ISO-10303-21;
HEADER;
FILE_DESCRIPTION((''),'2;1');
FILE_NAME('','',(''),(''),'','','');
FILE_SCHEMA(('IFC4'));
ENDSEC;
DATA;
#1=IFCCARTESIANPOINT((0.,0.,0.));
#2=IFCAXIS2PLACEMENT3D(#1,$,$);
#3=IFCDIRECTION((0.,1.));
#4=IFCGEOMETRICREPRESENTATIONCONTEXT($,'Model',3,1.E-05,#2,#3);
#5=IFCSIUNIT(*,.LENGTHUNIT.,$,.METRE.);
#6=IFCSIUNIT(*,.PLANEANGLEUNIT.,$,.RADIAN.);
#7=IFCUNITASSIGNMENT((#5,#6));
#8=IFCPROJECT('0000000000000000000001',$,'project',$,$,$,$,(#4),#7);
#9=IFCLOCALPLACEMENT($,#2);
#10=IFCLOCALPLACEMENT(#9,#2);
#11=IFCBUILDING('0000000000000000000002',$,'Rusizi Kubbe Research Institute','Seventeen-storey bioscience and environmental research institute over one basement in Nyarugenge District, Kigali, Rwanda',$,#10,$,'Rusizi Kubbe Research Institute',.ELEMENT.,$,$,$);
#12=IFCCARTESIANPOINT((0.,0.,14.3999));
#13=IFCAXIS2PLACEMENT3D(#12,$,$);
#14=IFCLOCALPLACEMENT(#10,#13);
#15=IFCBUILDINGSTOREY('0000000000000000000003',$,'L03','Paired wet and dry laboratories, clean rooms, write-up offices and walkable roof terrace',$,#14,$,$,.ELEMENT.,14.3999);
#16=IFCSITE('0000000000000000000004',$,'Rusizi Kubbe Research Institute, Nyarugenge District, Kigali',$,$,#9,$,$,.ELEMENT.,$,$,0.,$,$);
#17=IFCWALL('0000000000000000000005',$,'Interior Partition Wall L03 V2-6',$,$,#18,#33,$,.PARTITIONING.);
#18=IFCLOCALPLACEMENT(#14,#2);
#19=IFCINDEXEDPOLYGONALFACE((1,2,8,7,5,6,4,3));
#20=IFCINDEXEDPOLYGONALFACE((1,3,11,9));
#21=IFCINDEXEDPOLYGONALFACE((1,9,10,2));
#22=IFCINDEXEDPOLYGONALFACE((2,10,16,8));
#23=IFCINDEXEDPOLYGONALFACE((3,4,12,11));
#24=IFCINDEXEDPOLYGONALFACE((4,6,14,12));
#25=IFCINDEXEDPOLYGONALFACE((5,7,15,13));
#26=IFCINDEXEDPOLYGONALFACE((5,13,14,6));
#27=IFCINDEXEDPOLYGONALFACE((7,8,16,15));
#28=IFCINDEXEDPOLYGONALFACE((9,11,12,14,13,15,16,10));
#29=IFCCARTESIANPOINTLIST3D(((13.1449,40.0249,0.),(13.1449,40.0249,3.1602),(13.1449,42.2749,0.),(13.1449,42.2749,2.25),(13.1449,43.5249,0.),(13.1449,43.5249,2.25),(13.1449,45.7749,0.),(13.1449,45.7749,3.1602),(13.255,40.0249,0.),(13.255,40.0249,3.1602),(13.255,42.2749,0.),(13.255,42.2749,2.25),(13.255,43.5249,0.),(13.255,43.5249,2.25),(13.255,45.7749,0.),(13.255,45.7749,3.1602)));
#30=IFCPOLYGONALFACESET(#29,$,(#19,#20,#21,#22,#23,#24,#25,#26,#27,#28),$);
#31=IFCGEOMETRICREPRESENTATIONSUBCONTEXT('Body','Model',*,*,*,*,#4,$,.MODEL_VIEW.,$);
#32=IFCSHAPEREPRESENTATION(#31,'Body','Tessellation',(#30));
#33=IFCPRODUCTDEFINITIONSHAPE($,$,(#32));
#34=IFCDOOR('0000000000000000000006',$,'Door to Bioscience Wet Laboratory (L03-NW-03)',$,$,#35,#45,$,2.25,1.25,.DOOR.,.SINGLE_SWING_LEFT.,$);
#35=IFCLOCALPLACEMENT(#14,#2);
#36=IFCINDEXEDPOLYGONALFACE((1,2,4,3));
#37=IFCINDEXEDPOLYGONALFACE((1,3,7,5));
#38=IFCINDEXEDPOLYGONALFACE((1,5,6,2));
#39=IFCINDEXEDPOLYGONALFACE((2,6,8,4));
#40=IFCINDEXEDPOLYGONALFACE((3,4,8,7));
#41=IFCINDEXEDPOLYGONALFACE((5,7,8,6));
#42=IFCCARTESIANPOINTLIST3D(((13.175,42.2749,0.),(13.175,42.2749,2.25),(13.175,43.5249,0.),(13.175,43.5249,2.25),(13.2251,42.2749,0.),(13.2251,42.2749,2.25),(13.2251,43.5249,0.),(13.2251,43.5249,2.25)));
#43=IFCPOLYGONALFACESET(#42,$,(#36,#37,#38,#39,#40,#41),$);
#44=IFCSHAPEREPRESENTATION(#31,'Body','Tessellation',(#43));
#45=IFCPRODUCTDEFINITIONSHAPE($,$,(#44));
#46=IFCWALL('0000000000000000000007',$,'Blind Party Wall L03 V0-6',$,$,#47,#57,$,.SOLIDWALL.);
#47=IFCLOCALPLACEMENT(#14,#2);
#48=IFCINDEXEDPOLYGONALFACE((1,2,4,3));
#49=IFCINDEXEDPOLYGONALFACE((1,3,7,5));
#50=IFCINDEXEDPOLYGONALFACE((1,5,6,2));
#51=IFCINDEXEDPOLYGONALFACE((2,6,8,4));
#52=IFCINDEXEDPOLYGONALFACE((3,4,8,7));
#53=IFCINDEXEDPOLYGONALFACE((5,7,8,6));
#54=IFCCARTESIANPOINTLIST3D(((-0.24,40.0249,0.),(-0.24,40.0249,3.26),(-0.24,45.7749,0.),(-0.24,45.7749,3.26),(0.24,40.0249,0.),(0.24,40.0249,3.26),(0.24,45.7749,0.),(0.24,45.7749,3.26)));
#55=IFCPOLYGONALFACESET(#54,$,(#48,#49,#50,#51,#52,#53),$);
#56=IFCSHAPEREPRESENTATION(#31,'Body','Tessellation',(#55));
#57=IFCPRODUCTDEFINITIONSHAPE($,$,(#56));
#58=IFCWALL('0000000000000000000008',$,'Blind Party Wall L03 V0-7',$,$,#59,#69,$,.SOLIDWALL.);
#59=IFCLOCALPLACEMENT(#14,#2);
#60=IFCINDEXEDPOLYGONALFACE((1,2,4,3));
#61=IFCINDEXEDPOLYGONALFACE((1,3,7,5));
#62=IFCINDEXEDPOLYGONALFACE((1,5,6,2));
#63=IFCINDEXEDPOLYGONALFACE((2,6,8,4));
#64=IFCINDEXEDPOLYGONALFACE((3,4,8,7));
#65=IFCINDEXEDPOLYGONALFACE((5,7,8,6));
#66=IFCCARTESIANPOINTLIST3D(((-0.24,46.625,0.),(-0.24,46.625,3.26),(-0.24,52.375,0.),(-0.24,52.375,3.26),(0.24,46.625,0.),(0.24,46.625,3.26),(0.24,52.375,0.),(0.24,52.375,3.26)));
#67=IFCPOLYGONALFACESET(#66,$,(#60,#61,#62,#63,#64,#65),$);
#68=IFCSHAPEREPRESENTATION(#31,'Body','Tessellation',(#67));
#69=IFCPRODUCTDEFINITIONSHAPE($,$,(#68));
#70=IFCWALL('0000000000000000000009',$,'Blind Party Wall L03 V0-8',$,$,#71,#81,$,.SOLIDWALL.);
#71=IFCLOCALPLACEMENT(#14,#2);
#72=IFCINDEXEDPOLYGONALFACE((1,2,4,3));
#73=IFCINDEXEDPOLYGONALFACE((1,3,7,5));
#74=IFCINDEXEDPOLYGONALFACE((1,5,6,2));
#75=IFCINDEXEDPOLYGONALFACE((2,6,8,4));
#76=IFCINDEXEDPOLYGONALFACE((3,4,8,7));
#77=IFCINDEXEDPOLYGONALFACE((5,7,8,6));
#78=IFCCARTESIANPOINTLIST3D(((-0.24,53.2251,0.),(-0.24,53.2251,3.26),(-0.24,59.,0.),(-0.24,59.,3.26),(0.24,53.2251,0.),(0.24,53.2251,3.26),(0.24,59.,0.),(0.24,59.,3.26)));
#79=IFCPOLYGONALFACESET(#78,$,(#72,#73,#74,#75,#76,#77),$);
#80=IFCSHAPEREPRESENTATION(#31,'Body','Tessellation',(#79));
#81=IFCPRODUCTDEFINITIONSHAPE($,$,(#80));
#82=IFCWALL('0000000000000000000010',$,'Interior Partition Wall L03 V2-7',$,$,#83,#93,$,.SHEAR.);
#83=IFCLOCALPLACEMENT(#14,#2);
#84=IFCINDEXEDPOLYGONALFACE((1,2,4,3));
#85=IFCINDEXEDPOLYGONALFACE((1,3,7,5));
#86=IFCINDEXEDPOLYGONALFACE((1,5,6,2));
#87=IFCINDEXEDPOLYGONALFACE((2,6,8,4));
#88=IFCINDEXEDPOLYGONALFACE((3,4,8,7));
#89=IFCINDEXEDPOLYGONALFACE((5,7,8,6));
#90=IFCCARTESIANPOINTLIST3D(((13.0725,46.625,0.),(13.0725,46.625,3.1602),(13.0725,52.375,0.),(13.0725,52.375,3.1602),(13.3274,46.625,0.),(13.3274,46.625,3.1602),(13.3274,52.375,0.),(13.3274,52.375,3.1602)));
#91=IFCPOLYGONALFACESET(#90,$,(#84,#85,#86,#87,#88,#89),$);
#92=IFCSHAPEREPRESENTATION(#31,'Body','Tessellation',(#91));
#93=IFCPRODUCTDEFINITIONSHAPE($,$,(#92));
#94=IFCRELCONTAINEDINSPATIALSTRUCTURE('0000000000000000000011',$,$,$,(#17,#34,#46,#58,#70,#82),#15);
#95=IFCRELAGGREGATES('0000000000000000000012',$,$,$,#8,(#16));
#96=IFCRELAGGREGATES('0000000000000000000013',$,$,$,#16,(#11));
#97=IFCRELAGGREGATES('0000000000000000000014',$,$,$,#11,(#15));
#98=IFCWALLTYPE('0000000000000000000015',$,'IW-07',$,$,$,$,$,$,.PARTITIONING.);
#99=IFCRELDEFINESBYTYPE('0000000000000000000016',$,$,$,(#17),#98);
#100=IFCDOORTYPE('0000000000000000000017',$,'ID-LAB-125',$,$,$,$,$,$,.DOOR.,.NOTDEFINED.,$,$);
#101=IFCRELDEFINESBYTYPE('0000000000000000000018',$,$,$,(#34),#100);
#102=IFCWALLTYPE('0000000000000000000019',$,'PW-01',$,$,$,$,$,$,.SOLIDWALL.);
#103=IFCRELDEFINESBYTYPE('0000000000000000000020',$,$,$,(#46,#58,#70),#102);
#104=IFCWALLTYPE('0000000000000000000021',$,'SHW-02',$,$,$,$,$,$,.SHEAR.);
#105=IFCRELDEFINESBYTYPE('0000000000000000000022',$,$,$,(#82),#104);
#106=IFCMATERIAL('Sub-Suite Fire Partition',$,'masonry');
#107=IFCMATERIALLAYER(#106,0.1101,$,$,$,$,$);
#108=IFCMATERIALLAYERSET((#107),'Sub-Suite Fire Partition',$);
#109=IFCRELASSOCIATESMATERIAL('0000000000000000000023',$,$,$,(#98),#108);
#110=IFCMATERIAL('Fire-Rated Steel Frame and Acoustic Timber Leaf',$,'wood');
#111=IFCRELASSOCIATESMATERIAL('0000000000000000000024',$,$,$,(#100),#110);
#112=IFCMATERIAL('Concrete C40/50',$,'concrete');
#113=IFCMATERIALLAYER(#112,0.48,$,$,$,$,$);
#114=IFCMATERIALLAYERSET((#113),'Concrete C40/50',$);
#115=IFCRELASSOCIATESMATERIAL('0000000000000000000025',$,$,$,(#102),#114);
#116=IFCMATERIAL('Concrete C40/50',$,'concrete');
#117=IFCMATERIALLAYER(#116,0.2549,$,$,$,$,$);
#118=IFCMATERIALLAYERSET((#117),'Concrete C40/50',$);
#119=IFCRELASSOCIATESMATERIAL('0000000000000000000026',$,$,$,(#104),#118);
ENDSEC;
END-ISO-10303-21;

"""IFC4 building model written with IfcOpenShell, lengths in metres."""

from ifc_helpers import new_model, si_unit, direction, frame, frame_2d, origin, place, context, subcontext, project, spatial, rectangle, extrude, material, layer, layer_set, type_object, element, fill, save


model = new_model("IFC4")

# Units and contexts
model_context = context("Model", 3, precision=1e-05, world=origin(), true_north=direction((0.0, 1.0)))
body_context = subcontext(model_context, "Body", "Model", "MODEL_VIEW")
ifc_project = project(units=[si_unit("LENGTHUNIT", "METRE"), si_unit("PLANEANGLEUNIT", "RADIAN")], contexts=[model_context])

# Site, building, storey
site_placement = place(None, origin())
site = spatial("IfcSite", under=ifc_project, at=site_placement, Name="Rusizi Kubbe Research Institute, Nyarugenge District, Kigali", CompositionType="ELEMENT", RefElevation=0.0)
building_placement = place(site_placement, origin())
building = spatial("IfcBuilding", under=site, at=building_placement, Name="Rusizi Kubbe Research Institute", Description="Seventeen-storey bioscience and environmental research institute over one basement in Nyarugenge District, Kigali, Rwanda", LongName="Rusizi Kubbe Research Institute", CompositionType="ELEMENT")
storey_placement = place(building_placement, frame((0.0, 0.0, 14.3999)))
storey = spatial("IfcBuildingStorey", under=building, at=storey_placement, Name="L03", Description="Paired wet and dry laboratories, clean rooms, write-up offices and walkable roof terrace", CompositionType="ELEMENT", Elevation=14.3999)

# Shared definitions
ifc_material_1 = material(Name="Sub-Suite Fire Partition", Category="masonry")
ifc_layer_1 = layer(ifc_material_1, 0.1101)
ifc_layer_set_1 = layer_set([ifc_layer_1], Name="Sub-Suite Fire Partition")
wall_type_1 = type_object("IfcWallType", Name="IW-07", PredefinedType="PARTITIONING", material=ifc_layer_set_1)

# Wall, opening, door
wall_1_placement = place(storey_placement, frame((13.2, 40.0249, 0.0), z_axis=(0.0, 0.0, 1.0), x_axis=(0.0, 1.0, 0.0)))
wall_1 = element("IfcWall", 1, at=wall_1_placement, inside=storey, type_object=wall_type_1, Name="Interior Partition Wall L03 V2-6", PredefinedType="PARTITIONING", context=body_context, shape_type="SweptSolid", body=[
    extrude(rectangle(XDim=5.75, YDim=0.1101, at=frame_2d((2.875, 0.0))), origin(), (0.0, 0.0, 1.0), 3.1602),
])
opening_1_placement = place(wall_1_placement, frame((2.25, 0.0, 0.0)))
opening_1 = element("IfcOpeningElement", 2, at=opening_1_placement, cuts=wall_1, PredefinedType="OPENING", context=body_context, shape_type="SweptSolid", body=[
    extrude(rectangle(XDim=1.25, YDim=2.25, at=frame_2d((0.625, 1.125))), frame((0.0, 0.0649, 0.0), z_axis=(0.0, -1.0, 0.0), x_axis=(1.0, 0.0, 0.0)), (0.0, 0.0, 1.0), 0.1301),
])
ifc_material_2 = material(Name="Fire-Rated Steel Frame and Acoustic Timber Leaf", Category="wood")
door_type_1 = type_object("IfcDoorType", Name="ID-LAB-125", OperationType="NOTDEFINED", PredefinedType="DOOR", material=ifc_material_2)
door_1_placement = place(opening_1_placement, origin())
door_1 = element("IfcDoor", 3, at=door_1_placement, inside=storey, type_object=door_type_1, Name="Door to Bioscience Wet Laboratory (L03-NW-03)", OperationType="SINGLE_SWING_LEFT", OverallHeight=2.25, OverallWidth=1.25, PredefinedType="DOOR", context=body_context, shape_type="SweptSolid", body=[
    extrude(rectangle(XDim=1.25, YDim=2.25, at=frame_2d((0.625, 1.125))), frame((0.0, 0.0249, 0.0), z_axis=(0.0, -1.0, 0.0), x_axis=(1.0, 0.0, 0.0)), (0.0, 0.0, 1.0), 0.05),
])
fill(opening_1, door_1)

# Walls
ifc_material_3 = material(Name="Concrete C40/50", Category="concrete")
ifc_layer_2 = layer(ifc_material_3, 0.48)
ifc_layer_set_2 = layer_set([ifc_layer_2], Name="Concrete C40/50")
wall_type_2 = type_object("IfcWallType", Name="PW-01", PredefinedType="SOLIDWALL", material=ifc_layer_set_2)
for number, where, z_axis, x_axis, name in (
    (4, (0.0, 40.0249, 0.0), (0.0, 0.0, 1.0), (0.0, 1.0, 0.0), "Blind Party Wall L03 V0-6"),
    (5, (0.0, 46.625, 0.0), (0.0, 0.0, 1.0), (0.0, 1.0, 0.0), "Blind Party Wall L03 V0-7"),
):
    element("IfcWall", number, at=place(storey_placement, frame(where, z_axis=z_axis, x_axis=x_axis)), inside=storey, type_object=wall_type_2, Name=name, PredefinedType="SOLIDWALL", context=body_context, shape_type="SweptSolid", body=[
        extrude(rectangle(XDim=5.75, YDim=0.48, at=frame_2d((2.875, 0.0))), origin(), (0.0, 0.0, 1.0), 3.26),
    ])
wall_2_placement = place(storey_placement, frame((0.0, 53.2251, 0.0), z_axis=(0.0, 0.0, 1.0), x_axis=(0.0, 1.0, 0.0)))
element("IfcWall", 6, at=wall_2_placement, inside=storey, type_object=wall_type_2, Name="Blind Party Wall L03 V0-8", PredefinedType="SOLIDWALL", context=body_context, shape_type="SweptSolid", body=[
    extrude(rectangle(XDim=5.7749, YDim=0.48, at=frame_2d((2.8875, 0.0))), origin(), (0.0, 0.0, 1.0), 3.26),
])
ifc_material_4 = material(Name="Concrete C40/50", Category="concrete")
ifc_layer_3 = layer(ifc_material_4, 0.2549)
ifc_layer_set_3 = layer_set([ifc_layer_3], Name="Concrete C40/50")
wall_type_3 = type_object("IfcWallType", Name="SHW-02", PredefinedType="SHEAR", material=ifc_layer_set_3)
wall_3_placement = place(storey_placement, frame((13.2, 46.625, 0.0), z_axis=(0.0, 0.0, 1.0), x_axis=(0.0, 1.0, 0.0)))
element("IfcWall", 7, at=wall_3_placement, inside=storey, type_object=wall_type_3, Name="Interior Partition Wall L03 V2-7", PredefinedType="SHEAR", context=body_context, shape_type="SweptSolid", body=[
    extrude(rectangle(XDim=5.75, YDim=0.2549, at=frame_2d((2.875, 0.0))), origin(), (0.0, 0.0, 1.0), 3.1602),
])

save(model, "model.ifc")
